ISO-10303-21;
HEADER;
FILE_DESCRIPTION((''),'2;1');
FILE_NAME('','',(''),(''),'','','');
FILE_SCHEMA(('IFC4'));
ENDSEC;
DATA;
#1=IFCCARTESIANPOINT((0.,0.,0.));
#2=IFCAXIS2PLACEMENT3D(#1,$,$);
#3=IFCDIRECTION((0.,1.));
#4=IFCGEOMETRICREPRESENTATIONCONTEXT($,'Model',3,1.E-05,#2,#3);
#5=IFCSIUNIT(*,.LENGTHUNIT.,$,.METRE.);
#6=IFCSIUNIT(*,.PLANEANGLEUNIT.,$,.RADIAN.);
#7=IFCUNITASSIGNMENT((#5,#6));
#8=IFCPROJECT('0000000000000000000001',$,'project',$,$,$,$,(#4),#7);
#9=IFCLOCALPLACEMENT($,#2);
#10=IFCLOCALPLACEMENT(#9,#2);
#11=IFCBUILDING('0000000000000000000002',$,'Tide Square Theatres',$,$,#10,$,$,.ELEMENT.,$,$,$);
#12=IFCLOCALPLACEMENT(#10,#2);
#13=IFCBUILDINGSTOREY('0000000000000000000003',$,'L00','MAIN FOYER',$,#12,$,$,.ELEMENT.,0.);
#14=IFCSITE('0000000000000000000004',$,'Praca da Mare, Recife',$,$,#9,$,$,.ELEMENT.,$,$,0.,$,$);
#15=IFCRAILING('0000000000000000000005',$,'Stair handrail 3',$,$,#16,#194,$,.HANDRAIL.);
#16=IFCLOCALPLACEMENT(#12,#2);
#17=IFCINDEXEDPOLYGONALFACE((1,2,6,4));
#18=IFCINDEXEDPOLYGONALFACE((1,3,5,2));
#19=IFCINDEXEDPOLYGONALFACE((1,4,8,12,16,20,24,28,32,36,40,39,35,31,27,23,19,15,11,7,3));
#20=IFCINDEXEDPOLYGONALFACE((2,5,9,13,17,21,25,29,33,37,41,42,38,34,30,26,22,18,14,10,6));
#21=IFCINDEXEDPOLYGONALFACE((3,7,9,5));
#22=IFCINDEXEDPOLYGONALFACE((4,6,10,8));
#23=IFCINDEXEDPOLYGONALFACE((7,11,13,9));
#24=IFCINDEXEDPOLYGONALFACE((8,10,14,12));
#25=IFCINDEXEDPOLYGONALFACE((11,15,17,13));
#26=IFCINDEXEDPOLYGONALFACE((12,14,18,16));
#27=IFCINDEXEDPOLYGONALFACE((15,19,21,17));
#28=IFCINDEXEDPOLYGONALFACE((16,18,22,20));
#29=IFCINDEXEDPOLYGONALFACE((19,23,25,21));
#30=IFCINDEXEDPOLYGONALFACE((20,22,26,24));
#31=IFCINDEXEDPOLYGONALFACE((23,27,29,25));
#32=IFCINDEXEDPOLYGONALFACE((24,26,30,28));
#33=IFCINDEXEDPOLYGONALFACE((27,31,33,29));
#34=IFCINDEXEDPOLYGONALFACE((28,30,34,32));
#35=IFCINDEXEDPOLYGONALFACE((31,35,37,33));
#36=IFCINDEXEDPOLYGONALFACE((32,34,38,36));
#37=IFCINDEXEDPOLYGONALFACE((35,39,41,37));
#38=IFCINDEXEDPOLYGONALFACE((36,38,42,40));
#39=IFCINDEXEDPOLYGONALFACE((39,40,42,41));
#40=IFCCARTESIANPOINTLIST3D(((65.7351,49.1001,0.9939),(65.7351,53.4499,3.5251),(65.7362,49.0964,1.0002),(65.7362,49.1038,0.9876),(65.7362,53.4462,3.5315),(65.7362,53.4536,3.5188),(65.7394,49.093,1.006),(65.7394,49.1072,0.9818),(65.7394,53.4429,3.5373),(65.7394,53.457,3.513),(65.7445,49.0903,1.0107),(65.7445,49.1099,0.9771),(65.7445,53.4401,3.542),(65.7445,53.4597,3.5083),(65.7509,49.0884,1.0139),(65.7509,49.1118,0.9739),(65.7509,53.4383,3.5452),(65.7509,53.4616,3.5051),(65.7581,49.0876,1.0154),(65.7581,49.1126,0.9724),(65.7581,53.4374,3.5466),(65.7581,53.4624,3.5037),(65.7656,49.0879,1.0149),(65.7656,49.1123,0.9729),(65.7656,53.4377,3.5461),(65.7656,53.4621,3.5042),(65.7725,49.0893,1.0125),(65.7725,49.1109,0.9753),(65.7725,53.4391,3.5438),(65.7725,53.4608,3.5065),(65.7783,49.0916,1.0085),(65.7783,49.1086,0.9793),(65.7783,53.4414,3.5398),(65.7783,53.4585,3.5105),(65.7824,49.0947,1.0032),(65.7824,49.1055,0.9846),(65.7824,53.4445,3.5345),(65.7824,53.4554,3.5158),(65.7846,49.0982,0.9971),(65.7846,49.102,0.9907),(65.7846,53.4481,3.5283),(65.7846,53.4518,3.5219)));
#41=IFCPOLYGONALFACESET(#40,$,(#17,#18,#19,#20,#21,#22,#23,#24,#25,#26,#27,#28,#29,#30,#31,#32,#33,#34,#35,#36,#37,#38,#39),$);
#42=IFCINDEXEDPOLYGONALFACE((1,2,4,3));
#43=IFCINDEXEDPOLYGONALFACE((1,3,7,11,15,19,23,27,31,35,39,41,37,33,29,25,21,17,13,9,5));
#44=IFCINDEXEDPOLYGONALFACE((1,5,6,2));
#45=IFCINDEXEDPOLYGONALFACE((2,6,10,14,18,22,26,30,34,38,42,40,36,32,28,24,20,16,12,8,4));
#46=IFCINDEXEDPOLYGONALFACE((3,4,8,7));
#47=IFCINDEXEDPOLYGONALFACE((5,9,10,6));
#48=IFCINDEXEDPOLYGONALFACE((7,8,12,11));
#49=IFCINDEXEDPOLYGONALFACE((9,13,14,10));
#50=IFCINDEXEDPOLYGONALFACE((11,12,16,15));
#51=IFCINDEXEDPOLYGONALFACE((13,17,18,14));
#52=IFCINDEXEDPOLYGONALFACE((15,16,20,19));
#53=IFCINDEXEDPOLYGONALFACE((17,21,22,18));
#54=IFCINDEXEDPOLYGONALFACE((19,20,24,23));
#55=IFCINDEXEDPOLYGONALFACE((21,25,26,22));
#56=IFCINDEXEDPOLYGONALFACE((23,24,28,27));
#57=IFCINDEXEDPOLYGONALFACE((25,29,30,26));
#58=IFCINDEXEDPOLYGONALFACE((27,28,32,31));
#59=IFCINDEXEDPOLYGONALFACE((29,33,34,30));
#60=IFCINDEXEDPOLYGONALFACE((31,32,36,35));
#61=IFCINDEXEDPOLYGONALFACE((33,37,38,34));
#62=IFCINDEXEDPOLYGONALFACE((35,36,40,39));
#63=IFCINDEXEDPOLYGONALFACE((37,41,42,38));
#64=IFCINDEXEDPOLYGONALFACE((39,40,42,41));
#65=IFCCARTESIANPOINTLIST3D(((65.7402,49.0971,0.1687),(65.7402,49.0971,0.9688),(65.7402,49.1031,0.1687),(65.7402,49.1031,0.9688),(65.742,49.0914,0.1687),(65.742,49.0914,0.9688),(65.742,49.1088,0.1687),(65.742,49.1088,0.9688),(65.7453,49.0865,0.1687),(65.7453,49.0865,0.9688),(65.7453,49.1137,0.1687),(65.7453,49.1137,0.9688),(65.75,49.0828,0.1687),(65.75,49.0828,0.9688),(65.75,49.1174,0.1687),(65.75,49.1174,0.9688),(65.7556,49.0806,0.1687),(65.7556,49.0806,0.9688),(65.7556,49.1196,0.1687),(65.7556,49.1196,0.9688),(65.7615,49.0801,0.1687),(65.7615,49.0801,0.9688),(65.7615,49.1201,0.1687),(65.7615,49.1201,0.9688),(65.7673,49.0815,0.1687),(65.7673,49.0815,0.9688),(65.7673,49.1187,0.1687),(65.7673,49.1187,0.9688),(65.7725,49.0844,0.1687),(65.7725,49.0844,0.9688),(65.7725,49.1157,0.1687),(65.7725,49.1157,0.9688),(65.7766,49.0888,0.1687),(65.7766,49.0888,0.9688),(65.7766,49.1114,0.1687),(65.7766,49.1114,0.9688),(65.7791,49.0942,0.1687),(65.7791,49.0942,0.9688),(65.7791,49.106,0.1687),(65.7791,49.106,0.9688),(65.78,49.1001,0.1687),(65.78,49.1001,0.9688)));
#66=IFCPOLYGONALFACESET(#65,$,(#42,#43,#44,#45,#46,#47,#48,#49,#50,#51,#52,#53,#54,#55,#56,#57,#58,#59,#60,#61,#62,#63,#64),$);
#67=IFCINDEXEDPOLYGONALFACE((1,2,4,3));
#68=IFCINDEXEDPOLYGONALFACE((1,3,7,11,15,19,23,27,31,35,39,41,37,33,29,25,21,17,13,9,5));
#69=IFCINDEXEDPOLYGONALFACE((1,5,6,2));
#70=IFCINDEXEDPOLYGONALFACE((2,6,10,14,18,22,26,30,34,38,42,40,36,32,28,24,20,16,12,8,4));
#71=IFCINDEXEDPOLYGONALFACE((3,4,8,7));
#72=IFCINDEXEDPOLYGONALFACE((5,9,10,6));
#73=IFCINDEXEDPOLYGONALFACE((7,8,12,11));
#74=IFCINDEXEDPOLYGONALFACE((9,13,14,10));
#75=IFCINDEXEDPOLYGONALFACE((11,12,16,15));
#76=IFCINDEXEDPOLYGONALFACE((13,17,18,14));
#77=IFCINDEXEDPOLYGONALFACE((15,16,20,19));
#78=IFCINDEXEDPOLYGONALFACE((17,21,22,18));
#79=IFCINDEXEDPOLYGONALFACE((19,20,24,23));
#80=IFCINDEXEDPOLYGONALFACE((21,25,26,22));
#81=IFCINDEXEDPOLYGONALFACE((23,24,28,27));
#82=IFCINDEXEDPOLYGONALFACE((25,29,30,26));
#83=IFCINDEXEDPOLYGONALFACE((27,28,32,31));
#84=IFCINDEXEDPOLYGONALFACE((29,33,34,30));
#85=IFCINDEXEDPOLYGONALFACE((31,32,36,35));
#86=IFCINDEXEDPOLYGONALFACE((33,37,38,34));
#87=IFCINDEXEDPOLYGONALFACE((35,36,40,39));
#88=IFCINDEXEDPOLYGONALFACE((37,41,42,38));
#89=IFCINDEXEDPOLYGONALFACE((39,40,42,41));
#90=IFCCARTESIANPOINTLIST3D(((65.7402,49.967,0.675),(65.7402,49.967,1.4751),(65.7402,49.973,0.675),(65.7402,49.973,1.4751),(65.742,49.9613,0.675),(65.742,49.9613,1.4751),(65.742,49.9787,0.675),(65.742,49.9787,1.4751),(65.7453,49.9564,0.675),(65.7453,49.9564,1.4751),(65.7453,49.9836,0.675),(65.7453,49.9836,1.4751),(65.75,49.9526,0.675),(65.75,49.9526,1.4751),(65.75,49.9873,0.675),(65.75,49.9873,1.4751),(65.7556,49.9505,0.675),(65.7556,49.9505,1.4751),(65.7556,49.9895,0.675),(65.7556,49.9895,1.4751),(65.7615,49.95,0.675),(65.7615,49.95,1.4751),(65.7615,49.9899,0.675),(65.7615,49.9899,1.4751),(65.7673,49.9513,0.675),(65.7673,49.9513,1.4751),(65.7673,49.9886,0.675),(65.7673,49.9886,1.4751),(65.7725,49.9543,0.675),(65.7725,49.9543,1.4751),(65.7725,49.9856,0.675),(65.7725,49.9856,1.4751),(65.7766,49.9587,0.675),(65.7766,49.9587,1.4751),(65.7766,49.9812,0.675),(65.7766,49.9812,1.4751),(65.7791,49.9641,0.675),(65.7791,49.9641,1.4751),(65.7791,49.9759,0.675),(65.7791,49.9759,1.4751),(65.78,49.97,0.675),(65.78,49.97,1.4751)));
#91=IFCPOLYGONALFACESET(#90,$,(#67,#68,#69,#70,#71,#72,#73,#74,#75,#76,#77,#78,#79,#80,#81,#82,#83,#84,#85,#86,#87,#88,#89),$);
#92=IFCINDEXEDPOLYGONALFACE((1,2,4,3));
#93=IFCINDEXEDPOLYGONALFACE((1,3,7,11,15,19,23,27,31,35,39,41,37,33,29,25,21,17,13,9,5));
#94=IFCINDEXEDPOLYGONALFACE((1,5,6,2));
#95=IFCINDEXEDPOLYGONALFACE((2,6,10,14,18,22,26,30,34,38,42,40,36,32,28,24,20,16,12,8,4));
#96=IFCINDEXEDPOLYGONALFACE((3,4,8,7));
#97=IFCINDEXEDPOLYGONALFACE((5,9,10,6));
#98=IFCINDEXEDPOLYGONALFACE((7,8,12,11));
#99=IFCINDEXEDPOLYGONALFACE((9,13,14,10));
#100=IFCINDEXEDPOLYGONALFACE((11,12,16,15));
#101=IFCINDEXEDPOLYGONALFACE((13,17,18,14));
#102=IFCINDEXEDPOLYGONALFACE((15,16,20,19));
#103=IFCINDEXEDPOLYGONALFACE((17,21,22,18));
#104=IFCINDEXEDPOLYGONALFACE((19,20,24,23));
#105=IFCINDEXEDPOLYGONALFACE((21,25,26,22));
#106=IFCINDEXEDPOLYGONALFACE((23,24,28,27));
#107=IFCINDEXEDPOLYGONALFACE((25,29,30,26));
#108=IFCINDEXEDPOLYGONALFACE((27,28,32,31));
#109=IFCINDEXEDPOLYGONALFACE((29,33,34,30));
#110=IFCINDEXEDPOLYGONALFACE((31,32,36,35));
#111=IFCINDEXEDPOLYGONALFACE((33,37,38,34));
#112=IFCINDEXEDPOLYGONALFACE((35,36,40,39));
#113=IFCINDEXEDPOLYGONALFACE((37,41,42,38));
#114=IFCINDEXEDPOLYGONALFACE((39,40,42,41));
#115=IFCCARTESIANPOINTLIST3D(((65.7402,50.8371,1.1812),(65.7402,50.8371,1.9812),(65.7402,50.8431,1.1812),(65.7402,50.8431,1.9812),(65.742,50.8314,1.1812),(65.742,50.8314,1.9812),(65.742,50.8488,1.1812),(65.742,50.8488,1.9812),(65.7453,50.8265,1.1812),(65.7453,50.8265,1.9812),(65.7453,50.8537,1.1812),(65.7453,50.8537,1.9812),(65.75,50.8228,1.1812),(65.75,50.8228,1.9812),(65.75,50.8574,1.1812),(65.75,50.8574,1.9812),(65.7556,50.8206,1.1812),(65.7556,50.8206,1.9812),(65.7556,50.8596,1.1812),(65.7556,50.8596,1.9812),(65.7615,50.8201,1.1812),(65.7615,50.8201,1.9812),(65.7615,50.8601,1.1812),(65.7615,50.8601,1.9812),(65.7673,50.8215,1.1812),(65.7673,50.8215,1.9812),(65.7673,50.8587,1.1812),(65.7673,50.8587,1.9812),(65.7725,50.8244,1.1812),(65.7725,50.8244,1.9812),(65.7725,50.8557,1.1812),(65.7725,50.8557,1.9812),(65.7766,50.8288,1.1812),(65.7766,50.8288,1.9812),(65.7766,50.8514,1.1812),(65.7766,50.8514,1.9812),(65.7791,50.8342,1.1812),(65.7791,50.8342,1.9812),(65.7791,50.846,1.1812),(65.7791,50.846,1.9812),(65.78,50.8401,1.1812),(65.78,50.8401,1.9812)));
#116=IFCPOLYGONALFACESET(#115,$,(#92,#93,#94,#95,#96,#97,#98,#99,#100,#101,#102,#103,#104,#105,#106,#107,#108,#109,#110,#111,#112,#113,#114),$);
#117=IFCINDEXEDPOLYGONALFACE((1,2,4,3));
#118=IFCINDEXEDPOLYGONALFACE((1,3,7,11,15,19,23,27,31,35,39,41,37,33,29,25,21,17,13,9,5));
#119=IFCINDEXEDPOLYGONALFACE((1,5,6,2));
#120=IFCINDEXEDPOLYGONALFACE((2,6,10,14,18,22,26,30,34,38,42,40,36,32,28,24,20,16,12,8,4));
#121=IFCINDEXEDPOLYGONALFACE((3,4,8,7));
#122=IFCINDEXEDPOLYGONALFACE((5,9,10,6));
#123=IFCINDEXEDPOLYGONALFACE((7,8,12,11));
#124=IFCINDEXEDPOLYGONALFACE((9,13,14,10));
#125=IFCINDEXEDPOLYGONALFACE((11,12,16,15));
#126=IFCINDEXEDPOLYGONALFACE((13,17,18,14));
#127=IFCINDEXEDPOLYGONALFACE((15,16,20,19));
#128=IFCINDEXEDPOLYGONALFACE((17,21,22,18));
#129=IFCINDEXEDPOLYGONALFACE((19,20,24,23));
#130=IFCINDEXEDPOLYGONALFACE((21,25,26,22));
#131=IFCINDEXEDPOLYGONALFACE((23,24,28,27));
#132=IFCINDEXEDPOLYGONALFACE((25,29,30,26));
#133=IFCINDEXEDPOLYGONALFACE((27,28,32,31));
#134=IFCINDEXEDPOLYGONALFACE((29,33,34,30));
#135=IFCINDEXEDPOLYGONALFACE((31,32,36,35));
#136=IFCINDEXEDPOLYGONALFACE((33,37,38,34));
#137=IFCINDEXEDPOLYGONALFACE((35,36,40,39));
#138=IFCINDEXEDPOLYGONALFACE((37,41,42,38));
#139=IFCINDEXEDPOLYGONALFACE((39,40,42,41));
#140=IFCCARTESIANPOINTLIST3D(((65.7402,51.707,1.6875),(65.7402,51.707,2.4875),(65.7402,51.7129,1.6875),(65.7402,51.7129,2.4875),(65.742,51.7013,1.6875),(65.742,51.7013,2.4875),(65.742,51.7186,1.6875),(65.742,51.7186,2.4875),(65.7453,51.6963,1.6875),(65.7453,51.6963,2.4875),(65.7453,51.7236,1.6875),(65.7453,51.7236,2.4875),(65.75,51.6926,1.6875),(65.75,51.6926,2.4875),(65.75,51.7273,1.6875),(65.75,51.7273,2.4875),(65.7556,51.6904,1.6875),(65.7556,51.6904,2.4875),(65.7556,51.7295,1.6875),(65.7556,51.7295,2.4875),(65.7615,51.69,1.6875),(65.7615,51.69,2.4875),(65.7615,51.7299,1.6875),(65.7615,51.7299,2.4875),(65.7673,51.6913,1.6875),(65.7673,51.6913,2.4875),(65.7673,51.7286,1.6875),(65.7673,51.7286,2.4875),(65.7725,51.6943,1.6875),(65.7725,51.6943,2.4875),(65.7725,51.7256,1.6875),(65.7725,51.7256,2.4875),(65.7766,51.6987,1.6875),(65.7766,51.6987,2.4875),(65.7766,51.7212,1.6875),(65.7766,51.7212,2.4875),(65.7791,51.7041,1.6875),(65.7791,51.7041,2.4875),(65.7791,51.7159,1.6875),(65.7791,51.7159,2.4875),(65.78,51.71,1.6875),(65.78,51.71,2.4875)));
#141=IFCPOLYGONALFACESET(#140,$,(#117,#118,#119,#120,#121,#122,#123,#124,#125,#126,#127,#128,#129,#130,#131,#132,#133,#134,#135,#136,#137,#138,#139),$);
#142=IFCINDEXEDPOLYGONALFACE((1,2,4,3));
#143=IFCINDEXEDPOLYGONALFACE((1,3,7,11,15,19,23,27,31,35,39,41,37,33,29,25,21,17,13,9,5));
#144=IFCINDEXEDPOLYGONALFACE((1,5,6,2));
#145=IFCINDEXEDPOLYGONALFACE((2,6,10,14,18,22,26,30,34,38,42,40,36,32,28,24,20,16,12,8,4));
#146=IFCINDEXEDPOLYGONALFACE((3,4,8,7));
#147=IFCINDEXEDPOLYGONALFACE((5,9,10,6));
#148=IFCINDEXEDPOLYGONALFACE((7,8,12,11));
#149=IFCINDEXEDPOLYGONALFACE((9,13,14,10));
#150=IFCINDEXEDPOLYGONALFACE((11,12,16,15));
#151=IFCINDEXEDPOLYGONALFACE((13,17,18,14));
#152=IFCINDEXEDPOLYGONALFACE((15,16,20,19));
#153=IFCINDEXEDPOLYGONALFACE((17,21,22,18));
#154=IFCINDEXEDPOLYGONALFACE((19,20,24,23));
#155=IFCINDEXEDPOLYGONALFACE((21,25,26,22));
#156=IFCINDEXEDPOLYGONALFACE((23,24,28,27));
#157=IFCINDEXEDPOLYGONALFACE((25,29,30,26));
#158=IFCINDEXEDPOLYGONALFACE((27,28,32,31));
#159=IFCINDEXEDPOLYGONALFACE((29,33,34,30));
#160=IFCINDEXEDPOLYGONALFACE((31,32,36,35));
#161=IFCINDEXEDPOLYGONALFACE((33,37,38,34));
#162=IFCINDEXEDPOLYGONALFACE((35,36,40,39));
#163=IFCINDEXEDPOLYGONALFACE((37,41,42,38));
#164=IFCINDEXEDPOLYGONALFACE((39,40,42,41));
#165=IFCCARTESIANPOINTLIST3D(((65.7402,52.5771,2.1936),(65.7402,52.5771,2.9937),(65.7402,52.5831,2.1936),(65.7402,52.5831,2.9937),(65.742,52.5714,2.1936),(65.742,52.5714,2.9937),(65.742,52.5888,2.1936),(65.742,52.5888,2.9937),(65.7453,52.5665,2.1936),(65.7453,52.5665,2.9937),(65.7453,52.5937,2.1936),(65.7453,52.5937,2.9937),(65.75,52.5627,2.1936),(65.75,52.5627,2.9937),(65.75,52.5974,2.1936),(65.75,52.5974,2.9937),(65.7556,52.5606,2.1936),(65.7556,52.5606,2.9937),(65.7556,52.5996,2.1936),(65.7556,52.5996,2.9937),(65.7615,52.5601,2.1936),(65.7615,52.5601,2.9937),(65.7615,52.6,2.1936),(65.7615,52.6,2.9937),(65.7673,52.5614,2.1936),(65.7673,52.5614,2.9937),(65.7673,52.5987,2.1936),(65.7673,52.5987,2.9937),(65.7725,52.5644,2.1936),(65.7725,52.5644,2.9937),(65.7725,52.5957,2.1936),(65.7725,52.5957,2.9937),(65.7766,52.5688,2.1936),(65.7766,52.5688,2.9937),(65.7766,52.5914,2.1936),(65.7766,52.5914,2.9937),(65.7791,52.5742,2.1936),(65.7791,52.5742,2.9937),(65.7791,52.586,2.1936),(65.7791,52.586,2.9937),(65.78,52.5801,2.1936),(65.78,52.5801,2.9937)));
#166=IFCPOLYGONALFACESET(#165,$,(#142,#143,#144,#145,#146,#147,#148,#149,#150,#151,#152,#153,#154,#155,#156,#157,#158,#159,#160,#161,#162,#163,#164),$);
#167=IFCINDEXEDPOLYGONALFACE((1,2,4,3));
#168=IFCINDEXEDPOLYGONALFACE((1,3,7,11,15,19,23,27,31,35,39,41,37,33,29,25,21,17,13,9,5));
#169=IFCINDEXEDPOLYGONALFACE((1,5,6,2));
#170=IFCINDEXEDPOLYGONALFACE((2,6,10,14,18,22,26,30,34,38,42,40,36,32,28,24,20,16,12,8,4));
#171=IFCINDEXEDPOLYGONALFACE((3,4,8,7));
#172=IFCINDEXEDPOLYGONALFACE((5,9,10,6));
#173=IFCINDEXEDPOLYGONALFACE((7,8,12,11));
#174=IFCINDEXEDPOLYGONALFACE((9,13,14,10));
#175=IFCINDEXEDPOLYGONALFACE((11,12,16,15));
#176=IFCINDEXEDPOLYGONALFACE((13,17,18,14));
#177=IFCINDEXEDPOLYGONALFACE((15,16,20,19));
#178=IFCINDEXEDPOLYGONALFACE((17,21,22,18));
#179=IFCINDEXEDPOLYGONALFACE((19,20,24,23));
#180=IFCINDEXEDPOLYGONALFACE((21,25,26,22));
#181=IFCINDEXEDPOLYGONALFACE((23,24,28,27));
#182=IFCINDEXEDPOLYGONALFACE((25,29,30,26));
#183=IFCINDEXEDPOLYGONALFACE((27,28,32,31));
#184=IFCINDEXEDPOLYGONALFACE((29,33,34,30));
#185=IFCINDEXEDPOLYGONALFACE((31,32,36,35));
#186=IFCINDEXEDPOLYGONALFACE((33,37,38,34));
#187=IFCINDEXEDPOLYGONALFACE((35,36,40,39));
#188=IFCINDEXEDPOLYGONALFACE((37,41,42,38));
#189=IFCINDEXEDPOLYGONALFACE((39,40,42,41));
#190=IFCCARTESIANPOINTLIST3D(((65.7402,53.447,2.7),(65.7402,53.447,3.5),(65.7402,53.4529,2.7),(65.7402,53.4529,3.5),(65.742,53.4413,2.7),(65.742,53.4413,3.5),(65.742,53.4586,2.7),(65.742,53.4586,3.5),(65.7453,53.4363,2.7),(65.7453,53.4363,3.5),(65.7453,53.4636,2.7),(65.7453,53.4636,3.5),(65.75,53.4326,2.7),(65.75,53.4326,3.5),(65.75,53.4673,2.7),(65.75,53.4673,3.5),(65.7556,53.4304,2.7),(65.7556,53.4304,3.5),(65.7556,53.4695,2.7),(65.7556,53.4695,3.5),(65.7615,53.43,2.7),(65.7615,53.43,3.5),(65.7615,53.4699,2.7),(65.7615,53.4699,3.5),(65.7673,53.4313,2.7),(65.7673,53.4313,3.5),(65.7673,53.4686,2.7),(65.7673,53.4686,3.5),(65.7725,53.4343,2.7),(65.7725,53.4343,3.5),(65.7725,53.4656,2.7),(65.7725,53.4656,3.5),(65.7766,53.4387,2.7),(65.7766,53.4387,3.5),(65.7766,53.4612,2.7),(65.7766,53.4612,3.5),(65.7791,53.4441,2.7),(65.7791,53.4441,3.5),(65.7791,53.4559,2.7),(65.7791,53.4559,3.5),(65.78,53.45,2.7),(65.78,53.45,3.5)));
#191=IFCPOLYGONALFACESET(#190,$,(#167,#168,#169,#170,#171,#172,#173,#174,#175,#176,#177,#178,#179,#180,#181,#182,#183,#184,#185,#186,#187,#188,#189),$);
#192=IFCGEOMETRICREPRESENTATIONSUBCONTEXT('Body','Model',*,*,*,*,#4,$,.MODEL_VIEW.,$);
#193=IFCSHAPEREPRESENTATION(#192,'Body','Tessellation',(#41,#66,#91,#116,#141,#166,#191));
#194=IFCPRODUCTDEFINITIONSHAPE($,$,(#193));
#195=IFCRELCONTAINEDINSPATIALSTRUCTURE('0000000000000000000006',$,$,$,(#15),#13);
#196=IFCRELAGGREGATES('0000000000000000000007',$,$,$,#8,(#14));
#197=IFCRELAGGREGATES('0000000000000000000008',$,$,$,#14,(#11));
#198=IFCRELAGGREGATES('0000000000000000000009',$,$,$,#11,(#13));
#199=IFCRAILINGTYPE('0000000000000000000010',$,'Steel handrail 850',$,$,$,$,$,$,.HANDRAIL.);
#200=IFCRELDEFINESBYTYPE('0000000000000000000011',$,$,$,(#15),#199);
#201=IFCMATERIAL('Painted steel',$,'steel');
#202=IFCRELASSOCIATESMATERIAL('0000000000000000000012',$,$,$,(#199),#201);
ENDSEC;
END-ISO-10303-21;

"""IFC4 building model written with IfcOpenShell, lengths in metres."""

from ifc_helpers import new_model, si_unit, direction, frame, origin, origin_2d, place, context, subcontext, project, spatial, circle, extrude, material, type_object, element, save


model = new_model("IFC4")

# Units and contexts
model_context = context("Model", 3, precision=1e-05, world=origin(), true_north=direction((0.0, 1.0)))
body_context = subcontext(model_context, "Body", "Model", "MODEL_VIEW")
ifc_project = project(units=[si_unit("LENGTHUNIT", "METRE"), si_unit("PLANEANGLEUNIT", "RADIAN")], contexts=[model_context])

# Site, building, storey
site_placement = place(None, origin())
site = spatial("IfcSite", under=ifc_project, at=site_placement, Name="Praca da Mare, Recife", CompositionType="ELEMENT", RefElevation=0.0)
building_placement = place(site_placement, origin())
building = spatial("IfcBuilding", under=site, at=building_placement, Name="Tide Square Theatres", CompositionType="ELEMENT")
storey_placement = place(building_placement, origin())
storey = spatial("IfcBuildingStorey", under=building, at=storey_placement, Name="L00", Description="MAIN FOYER", CompositionType="ELEMENT", Elevation=0.0)

# Railing
ifc_material_1 = material(Name="Painted steel", Category="steel")
railing_type = type_object("IfcRailingType", Name="Steel handrail 850", PredefinedType="HANDRAIL", material=ifc_material_1)
for number, where, name in (
    (1, (65.76, 49.1001, 0.1687), "Stair handrail 3"),
):
    element("IfcRailing", number, at=place(storey_placement, frame(where)), inside=storey, type_object=railing_type, Name=name, PredefinedType="HANDRAIL", context=body_context, shape_type="SweptSolid", body=[
        extrude(circle(Radius=0.0249, at=origin_2d()), frame((0.0, 0.0, 0.8252), z_axis=(0.0, 0.864312, 0.502957), x_axis=(-1.0, 0.0, 0.0)), (0.0, 0.0, 1.0), 5.0327),
        extrude(circle(Radius=0.02, at=origin_2d()), origin(), (0.0, 0.0, 1.0), 0.8),
        extrude(circle(Radius=0.02, at=origin_2d()), frame((0.0, 0.8699, 0.5063)), (0.0, 0.0, 1.0), 0.8),
        extrude(circle(Radius=0.02, at=origin_2d()), frame((0.0, 1.74, 1.0125)), (0.0, 0.0, 1.0), 0.8),
        extrude(circle(Radius=0.02, at=origin_2d()), frame((0.0, 2.6099, 1.5188)), (0.0, 0.0, 1.0), 0.8),
        extrude(circle(Radius=0.02, at=origin_2d()), frame((0.0, 3.48, 2.0249)), (0.0, 0.0, 1.0), 0.8),
        extrude(circle(Radius=0.02, at=origin_2d()), frame((0.0, 4.3499, 2.5312)), (0.0, 0.0, 1.0), 0.8),
    ])

save(model, "model.ifc")
